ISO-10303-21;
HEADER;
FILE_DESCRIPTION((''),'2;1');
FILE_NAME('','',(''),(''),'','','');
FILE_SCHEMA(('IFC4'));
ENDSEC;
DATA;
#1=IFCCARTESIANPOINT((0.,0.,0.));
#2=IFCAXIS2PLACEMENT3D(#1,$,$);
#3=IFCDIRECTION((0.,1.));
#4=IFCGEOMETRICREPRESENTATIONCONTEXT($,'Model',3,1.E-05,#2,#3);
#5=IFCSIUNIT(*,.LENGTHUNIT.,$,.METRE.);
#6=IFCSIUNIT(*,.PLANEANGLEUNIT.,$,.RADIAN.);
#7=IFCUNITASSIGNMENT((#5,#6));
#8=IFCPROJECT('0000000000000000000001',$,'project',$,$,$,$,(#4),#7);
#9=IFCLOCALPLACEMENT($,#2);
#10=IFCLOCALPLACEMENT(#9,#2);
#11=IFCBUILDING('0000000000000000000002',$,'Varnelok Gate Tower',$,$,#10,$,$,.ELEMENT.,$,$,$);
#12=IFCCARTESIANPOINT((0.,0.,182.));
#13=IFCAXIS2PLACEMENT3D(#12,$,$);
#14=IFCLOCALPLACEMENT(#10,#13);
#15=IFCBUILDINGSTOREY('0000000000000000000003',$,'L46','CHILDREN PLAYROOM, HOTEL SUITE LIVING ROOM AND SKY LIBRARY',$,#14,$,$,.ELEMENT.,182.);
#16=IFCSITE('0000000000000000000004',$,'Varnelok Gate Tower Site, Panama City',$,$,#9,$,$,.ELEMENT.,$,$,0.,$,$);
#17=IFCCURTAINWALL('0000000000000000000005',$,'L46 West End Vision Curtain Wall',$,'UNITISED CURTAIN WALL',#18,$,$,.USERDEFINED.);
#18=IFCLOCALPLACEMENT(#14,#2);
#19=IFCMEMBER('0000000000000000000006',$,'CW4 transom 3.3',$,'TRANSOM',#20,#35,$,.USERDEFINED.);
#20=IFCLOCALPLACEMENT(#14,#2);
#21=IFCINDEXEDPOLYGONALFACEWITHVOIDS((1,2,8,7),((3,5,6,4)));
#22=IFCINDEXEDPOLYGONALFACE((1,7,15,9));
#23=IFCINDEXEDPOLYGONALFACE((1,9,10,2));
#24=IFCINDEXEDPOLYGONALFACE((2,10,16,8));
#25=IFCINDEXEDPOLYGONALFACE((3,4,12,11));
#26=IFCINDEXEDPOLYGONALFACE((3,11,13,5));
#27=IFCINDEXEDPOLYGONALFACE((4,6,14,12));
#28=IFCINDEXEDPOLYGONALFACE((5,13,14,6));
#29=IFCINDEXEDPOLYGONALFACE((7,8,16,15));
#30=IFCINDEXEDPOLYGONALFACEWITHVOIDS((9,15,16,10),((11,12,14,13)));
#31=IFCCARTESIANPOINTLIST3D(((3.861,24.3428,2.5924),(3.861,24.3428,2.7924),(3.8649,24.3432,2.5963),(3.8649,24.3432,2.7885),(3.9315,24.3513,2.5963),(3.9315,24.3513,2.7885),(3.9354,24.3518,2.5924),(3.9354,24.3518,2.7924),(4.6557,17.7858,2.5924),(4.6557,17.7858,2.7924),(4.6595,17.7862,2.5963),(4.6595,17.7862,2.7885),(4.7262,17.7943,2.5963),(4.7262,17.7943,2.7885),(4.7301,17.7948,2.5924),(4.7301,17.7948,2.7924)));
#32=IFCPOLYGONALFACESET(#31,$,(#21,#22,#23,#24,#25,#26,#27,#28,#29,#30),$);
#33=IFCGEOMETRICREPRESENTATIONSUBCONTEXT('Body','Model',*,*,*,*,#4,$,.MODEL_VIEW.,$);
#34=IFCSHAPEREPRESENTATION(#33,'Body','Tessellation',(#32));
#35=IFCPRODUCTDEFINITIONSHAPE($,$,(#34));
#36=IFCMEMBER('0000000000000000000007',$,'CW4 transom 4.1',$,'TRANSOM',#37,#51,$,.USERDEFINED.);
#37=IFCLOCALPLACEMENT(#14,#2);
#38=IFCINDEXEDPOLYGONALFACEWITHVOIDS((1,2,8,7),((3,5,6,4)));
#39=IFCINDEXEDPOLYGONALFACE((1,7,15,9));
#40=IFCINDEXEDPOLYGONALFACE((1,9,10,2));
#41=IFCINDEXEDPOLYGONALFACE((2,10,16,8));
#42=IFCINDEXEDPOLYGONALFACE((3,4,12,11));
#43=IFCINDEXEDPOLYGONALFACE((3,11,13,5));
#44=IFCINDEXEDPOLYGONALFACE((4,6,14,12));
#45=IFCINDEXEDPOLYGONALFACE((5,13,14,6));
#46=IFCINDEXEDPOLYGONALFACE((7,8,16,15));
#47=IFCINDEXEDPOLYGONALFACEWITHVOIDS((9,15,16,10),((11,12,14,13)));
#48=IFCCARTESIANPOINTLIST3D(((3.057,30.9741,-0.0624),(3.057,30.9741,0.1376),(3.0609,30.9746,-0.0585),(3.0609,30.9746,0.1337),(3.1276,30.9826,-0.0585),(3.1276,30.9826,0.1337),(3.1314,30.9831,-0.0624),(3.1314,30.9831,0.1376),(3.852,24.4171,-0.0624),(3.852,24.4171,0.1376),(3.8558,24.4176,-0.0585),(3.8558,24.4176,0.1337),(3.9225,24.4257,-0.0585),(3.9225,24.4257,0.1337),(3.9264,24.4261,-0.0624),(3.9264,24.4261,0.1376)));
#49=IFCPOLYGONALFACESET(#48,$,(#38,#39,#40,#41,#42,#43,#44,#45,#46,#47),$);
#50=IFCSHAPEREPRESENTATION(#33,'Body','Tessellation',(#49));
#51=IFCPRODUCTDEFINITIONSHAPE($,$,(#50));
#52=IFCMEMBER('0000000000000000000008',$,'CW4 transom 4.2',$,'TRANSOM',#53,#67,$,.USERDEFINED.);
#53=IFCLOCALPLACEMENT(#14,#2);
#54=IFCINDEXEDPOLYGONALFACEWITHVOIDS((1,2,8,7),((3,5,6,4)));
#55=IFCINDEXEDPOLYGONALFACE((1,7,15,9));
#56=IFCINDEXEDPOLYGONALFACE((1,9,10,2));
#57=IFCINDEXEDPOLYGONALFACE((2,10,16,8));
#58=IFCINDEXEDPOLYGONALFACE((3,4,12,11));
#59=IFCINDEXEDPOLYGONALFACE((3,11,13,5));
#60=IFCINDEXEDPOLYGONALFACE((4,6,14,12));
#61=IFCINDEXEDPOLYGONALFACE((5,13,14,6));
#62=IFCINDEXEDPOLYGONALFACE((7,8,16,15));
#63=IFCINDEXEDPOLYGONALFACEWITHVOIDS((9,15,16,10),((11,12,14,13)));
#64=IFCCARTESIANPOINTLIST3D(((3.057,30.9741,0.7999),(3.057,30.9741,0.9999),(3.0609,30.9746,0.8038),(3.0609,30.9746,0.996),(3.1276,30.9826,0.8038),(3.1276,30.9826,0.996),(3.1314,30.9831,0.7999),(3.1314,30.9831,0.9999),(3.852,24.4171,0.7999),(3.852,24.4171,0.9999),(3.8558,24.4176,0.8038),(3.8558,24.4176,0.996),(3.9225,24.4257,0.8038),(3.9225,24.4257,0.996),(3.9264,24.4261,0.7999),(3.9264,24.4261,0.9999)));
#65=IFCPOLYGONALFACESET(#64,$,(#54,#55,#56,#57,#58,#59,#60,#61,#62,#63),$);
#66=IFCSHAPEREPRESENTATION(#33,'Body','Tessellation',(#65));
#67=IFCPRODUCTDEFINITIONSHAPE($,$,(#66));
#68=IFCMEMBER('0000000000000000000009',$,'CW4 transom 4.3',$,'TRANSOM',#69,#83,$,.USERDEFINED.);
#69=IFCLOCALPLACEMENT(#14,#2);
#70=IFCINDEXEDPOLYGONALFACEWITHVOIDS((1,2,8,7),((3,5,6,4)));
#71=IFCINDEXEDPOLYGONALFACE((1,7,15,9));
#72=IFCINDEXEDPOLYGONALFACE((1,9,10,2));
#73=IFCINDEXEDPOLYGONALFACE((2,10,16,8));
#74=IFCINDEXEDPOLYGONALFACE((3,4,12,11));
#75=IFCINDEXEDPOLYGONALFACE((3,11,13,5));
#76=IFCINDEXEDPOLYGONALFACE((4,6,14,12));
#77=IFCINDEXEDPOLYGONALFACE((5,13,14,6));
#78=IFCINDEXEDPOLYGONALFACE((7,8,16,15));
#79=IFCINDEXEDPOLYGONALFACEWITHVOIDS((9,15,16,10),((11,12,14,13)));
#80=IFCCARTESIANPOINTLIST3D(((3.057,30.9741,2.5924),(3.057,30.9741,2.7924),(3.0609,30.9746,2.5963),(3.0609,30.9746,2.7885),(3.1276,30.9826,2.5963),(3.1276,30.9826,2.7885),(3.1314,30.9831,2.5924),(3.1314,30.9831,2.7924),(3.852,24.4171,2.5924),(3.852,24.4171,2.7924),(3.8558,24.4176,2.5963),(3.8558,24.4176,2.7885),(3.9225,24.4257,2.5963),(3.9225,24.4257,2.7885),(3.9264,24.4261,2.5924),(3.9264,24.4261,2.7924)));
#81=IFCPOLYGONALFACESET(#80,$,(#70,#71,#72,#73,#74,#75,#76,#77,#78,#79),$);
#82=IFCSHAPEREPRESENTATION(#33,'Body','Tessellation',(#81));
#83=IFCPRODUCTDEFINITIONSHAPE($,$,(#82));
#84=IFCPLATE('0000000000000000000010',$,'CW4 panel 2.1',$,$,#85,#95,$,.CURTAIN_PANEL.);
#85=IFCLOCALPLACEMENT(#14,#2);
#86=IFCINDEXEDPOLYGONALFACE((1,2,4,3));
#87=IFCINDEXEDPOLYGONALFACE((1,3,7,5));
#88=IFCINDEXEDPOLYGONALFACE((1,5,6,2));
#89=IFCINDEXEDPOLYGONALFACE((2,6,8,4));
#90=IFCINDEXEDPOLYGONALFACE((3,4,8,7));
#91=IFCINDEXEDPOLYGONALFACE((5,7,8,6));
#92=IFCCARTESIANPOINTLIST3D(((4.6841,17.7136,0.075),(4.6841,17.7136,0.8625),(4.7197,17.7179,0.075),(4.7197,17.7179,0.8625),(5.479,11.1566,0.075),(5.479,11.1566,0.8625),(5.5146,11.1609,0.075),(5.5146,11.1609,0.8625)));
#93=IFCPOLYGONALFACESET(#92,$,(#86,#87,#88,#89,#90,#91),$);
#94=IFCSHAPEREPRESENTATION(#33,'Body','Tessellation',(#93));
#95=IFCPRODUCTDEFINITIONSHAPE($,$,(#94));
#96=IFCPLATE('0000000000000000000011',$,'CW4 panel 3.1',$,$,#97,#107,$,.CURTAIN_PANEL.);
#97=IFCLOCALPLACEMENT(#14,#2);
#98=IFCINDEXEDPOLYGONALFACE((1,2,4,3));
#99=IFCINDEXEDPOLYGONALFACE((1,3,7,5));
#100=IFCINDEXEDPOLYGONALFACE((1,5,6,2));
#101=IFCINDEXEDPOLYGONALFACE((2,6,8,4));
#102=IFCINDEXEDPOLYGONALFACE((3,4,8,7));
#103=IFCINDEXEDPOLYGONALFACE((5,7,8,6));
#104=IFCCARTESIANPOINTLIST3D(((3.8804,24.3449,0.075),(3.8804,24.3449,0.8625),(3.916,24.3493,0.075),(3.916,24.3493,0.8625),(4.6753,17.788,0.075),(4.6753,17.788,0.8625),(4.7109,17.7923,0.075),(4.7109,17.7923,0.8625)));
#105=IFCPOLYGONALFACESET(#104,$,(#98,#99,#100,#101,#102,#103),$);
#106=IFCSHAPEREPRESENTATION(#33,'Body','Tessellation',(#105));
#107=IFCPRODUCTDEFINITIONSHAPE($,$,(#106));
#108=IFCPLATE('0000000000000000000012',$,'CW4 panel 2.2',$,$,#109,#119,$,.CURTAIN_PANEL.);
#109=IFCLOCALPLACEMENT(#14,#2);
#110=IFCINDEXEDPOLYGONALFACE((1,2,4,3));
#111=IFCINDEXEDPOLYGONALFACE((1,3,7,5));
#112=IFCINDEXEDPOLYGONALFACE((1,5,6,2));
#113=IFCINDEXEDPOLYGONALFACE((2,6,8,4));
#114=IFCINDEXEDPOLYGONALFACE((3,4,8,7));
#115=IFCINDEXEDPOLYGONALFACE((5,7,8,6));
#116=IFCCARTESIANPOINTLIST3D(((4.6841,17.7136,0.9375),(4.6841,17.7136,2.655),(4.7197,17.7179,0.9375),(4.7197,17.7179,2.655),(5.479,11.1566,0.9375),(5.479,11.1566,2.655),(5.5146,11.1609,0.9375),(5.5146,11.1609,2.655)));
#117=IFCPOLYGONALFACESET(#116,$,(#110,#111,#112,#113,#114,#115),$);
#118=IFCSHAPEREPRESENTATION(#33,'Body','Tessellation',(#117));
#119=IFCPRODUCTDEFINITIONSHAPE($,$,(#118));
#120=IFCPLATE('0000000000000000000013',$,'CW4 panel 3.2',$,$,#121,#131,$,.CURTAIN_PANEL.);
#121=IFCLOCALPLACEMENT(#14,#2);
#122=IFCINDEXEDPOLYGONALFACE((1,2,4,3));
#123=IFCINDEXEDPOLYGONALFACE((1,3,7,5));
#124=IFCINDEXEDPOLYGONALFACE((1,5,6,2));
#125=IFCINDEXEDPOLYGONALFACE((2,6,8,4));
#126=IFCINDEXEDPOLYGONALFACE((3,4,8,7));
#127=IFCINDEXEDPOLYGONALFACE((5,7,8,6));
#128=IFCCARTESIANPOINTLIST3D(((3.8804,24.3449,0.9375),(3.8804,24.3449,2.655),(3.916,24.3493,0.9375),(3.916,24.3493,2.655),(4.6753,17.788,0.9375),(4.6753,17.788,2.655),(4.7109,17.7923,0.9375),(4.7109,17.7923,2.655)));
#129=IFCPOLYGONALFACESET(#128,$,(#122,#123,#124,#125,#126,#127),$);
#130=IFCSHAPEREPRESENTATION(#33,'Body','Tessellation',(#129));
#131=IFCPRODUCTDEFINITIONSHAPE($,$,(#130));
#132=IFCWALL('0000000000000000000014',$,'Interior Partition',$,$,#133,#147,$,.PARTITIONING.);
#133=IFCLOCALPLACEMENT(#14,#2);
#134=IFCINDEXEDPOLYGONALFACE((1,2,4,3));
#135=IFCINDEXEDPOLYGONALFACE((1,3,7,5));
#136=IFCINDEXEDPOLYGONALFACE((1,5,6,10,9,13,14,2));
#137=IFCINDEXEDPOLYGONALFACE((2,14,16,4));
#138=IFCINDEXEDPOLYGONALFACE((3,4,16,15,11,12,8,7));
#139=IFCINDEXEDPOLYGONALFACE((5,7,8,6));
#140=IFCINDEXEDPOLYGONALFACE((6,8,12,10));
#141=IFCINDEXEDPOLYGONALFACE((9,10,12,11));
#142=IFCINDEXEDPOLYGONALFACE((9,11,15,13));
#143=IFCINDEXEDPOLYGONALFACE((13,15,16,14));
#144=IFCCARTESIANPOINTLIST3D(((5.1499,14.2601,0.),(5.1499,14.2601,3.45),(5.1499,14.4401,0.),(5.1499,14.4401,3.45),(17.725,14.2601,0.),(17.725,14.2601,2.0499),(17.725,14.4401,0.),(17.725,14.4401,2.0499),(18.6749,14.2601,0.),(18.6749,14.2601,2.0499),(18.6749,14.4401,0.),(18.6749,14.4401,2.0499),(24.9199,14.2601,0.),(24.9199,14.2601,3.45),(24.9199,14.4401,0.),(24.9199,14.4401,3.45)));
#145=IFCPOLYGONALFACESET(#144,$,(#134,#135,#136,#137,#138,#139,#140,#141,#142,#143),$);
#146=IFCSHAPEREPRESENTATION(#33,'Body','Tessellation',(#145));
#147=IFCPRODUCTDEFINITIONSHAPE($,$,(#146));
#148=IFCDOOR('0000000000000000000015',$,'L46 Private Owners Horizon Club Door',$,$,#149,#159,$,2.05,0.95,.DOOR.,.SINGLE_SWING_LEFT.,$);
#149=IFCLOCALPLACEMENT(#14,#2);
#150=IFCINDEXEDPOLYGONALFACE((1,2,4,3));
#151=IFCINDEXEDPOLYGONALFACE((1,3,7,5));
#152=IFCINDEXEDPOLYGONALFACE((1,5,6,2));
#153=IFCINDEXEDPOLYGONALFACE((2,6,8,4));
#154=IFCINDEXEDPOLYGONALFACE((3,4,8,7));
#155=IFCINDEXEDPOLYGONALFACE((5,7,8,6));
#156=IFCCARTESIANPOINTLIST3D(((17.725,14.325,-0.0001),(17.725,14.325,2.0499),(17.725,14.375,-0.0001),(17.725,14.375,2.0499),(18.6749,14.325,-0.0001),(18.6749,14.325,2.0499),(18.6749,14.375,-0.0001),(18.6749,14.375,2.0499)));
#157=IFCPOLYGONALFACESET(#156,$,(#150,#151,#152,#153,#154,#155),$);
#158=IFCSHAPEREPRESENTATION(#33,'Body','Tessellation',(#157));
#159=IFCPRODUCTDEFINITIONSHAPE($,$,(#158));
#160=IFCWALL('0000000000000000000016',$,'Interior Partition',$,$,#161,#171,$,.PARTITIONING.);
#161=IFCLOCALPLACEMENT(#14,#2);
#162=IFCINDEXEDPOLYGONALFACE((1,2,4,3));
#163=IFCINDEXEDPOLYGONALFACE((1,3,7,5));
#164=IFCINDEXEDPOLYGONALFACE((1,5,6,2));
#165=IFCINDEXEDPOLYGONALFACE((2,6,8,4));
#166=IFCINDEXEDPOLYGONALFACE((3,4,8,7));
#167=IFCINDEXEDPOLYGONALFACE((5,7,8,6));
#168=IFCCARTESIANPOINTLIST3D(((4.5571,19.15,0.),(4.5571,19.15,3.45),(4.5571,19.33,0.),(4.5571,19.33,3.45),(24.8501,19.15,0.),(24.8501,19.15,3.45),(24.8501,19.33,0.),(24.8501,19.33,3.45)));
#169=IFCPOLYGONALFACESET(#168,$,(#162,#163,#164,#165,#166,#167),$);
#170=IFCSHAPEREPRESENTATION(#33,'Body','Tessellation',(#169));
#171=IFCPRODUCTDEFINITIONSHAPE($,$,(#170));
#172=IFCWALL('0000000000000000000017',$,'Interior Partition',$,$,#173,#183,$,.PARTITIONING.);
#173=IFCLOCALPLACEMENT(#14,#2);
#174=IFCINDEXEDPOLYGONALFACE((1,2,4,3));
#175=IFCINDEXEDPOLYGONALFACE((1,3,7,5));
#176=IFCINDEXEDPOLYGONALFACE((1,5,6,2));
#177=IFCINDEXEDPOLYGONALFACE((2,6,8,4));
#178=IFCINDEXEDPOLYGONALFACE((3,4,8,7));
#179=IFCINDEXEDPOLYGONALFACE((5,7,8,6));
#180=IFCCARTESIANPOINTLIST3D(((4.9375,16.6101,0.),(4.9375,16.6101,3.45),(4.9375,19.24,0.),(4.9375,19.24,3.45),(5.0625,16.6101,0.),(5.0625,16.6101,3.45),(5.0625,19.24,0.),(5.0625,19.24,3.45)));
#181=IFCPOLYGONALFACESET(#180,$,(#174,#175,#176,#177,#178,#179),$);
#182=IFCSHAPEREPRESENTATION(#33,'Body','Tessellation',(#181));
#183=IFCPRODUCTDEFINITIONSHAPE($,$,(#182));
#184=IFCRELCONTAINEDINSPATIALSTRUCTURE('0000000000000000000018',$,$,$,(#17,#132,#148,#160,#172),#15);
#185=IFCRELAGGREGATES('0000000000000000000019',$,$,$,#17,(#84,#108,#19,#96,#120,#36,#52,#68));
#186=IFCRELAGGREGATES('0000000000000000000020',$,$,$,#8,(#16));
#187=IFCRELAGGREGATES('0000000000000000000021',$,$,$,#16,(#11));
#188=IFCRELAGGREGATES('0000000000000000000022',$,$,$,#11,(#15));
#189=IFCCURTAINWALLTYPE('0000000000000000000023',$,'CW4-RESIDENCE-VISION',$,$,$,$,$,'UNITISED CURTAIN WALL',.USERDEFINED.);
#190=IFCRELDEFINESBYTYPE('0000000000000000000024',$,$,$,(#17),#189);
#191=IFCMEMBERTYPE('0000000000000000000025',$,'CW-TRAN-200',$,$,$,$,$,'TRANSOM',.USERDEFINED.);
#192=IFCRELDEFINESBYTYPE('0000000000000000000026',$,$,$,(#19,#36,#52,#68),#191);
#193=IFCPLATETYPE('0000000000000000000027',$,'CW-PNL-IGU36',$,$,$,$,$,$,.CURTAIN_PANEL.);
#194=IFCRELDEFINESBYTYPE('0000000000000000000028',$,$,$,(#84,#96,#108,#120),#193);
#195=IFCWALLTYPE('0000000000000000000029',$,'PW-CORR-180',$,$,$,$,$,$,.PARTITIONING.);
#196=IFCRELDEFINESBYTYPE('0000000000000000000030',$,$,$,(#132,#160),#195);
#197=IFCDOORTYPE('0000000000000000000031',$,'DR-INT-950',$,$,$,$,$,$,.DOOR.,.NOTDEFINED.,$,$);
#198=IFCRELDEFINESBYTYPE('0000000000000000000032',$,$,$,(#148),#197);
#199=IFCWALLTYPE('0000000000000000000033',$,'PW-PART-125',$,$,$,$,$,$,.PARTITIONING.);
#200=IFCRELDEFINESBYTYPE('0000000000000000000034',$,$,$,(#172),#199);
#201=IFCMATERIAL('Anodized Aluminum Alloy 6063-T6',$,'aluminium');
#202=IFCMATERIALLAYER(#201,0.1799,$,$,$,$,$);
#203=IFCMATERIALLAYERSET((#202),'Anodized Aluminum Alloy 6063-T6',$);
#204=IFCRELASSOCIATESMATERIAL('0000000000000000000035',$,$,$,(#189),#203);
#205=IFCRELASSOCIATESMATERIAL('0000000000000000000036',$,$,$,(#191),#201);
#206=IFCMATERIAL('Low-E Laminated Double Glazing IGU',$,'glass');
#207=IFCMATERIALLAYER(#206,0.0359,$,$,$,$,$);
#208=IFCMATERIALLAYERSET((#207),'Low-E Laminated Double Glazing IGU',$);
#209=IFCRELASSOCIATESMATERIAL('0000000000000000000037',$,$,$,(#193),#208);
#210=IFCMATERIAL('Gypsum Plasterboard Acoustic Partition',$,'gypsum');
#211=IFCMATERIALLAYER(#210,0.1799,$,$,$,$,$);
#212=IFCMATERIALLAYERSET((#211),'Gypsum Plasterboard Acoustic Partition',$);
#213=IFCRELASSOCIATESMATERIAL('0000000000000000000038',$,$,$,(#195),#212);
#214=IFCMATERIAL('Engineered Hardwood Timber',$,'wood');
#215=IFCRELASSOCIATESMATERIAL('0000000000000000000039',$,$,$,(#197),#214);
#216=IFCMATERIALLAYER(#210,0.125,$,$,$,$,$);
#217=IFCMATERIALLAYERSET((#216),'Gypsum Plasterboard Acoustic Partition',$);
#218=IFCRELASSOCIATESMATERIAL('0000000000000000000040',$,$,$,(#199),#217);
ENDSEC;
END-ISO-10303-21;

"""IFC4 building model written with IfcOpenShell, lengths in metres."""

from ifc_helpers import new_model, si_unit, direction, frame, frame_2d, origin, origin_2d, place, context, subcontext, project, spatial, rectangle, hollow_rectangle, extrude, source, transform, mapped, material, layer, layer_set, material_profile, profile_set, type_object, element, fill, aggregate, save


model = new_model("IFC4")

# Units and contexts
model_context = context("Model", 3, precision=1e-05, world=origin(), true_north=direction((0.0, 1.0)))
body_context = subcontext(model_context, "Body", "Model", "MODEL_VIEW")
ifc_project = project(units=[si_unit("LENGTHUNIT", "METRE"), si_unit("PLANEANGLEUNIT", "RADIAN")], contexts=[model_context])

# Site, building, storey
site_placement = place(None, origin())
site = spatial("IfcSite", under=ifc_project, at=site_placement, Name="Varnelok Gate Tower Site, Panama City", CompositionType="ELEMENT", RefElevation=0.0)
building_placement = place(site_placement, origin())
building = spatial("IfcBuilding", under=site, at=building_placement, Name="Varnelok Gate Tower", CompositionType="ELEMENT")
storey_placement = place(building_placement, frame((0.0, 0.0, 182.0)))
storey = spatial("IfcBuildingStorey", under=building, at=storey_placement, Name="L46", Description="CHILDREN PLAYROOM, HOTEL SUITE LIVING ROOM AND SKY LIBRARY", CompositionType="ELEMENT", Elevation=182.0)

# Curtain wall, members, plates
ifc_material_1 = material(Name="Anodized Aluminum Alloy 6063-T6", Category="aluminium")
ifc_layer_1 = layer(ifc_material_1, 0.1799)
ifc_layer_set_1 = layer_set([ifc_layer_1], Name="Anodized Aluminum Alloy 6063-T6")
curtain_wall_type = type_object("IfcCurtainWallType", Name="CW4-RESIDENCE-VISION", ElementType="UNITISED CURTAIN WALL", PredefinedType="USERDEFINED", material=ifc_layer_set_1)
curtain_wall_placement = place(storey_placement, origin())
curtain_wall = element("IfcCurtainWall", 1, at=curtain_wall_placement, inside=storey, type_object=curtain_wall_type, Name="L46 West End Vision Curtain Wall", ObjectType="UNITISED CURTAIN WALL", PredefinedType="USERDEFINED")
ifc_material_profile_1 = material_profile(ifc_material_1, hollow_rectangle(XDim=0.075, YDim=0.2, WallThickness=0.0039, at=origin_2d()), Name="ALU200X75X4")
ifc_profile_set_1 = profile_set([ifc_material_profile_1], Name="Anodized Aluminum Alloy 6063-T6")
member_type_1 = type_object("IfcMemberType", Name="CW-TRAN-200", ElementType="TRANSOM", PredefinedType="USERDEFINED", material=ifc_profile_set_1)
member_1_placement = place(storey_placement, frame((4.6929, 17.7903, 2.6924), z_axis=(-0.120317, 0.992736, 0.0), x_axis=(-0.992736, -0.120317, 0.0)))
member_1 = element("IfcMember", 2, at=member_1_placement, type_object=member_type_1, Name="CW4 transom 3.3", ObjectType="TRANSOM", PredefinedType="USERDEFINED", context=body_context, shape_type="SweptSolid", body=[
    extrude(hollow_rectangle(XDim=0.075, YDim=0.2, WallThickness=0.0039, at=origin_2d()), origin(), (0.0, 0.0, 1.0), 6.605),
])
member_2_placement = place(storey_placement, frame((3.8892, 24.4216, 0.0376), z_axis=(-0.120353, 0.992731, 0.0), x_axis=(-0.992731, -0.120353, 0.0)))
member_2 = element("IfcMember", 3, at=member_2_placement, type_object=member_type_1, Name="CW4 transom 4.1", ObjectType="TRANSOM", PredefinedType="USERDEFINED", context=body_context, shape_type="SweptSolid", body=[
    extrude(hollow_rectangle(XDim=0.075, YDim=0.2, WallThickness=0.0039, at=origin_2d()), origin(), (0.0, 0.0, 1.0), 6.605),
])
member_3_placement = place(storey_placement, frame((3.8892, 24.4216, 0.8999), z_axis=(-0.120353, 0.992731, 0.0), x_axis=(-0.992731, -0.120353, 0.0)))
member_3 = element("IfcMember", 4, at=member_3_placement, type_object=member_type_1, Name="CW4 transom 4.2", ObjectType="TRANSOM", PredefinedType="USERDEFINED", context=body_context, shape_type="SweptSolid", body=[
    extrude(hollow_rectangle(XDim=0.075, YDim=0.2, WallThickness=0.0039, at=origin_2d()), origin(), (0.0, 0.0, 1.0), 6.605),
])
member_4_placement = place(storey_placement, frame((3.8892, 24.4216, 2.6924), z_axis=(-0.120353, 0.992731, 0.0), x_axis=(-0.992731, -0.120353, 0.0)))
member_4 = element("IfcMember", 5, at=member_4_placement, type_object=member_type_1, Name="CW4 transom 4.3", ObjectType="TRANSOM", PredefinedType="USERDEFINED", context=body_context, shape_type="SweptSolid", body=[
    extrude(hollow_rectangle(XDim=0.075, YDim=0.2, WallThickness=0.0039, at=origin_2d()), origin(), (0.0, 0.0, 1.0), 6.605),
])
ifc_material_2 = material(Name="Low-E Laminated Double Glazing IGU", Category="glass")
ifc_layer_2 = layer(ifc_material_2, 0.0359)
ifc_layer_set_2 = layer_set([ifc_layer_2], Name="Low-E Laminated Double Glazing IGU")
plate_type = type_object("IfcPlateType", Name="CW-PNL-IGU36", PredefinedType="CURTAIN_PANEL", material=ifc_layer_set_2)
shared_shape_1 = source(origin(), body_context, "Body", "SweptSolid", [
    extrude(rectangle(XDim=6.605, YDim=0.0359, at=origin_2d()), origin(), (0.0, 0.0, 1.0), 0.7876),
])
plate_1_placement = place(storey_placement, frame((5.0994, 14.4373, 0.075), z_axis=(0.0, 0.0, 1.0), x_axis=(-0.120345, 0.992732, 0.0)))
plate_1 = element("IfcPlate", 6, at=plate_1_placement, type_object=plate_type, Name="CW4 panel 2.1", PredefinedType="CURTAIN_PANEL", context=body_context, shape_type="MappedRepresentation", body=[
    mapped(shared_shape_1, transform((0.0, 0.0, 0.0), scale=1.0)),
])
plate_2_placement = place(storey_placement, frame((4.2957, 21.0686, 0.075), z_axis=(0.0, 0.0, 1.0), x_axis=(-0.120345, 0.992732, 0.0)))
plate_2 = element("IfcPlate", 7, at=plate_2_placement, type_object=plate_type, Name="CW4 panel 3.1", PredefinedType="CURTAIN_PANEL", context=body_context, shape_type="MappedRepresentation", body=[
    mapped(shared_shape_1, transform((0.0, 0.0, 0.0), scale=1.0)),
])
shared_shape_2 = source(origin(), body_context, "Body", "SweptSolid", [
    extrude(rectangle(XDim=6.605, YDim=0.0359, at=origin_2d()), origin(), (0.0, 0.0, 1.0), 1.7175),
])
plate_3_placement = place(storey_placement, frame((5.0994, 14.4373, 0.9375), z_axis=(0.0, 0.0, 1.0), x_axis=(-0.120345, 0.992732, 0.0)))
plate_3 = element("IfcPlate", 8, at=plate_3_placement, type_object=plate_type, Name="CW4 panel 2.2", PredefinedType="CURTAIN_PANEL", context=body_context, shape_type="MappedRepresentation", body=[
    mapped(shared_shape_2, transform((0.0, 0.0, 0.0), scale=1.0)),
])
plate_4_placement = place(storey_placement, frame((4.2957, 21.0686, 0.9375), z_axis=(0.0, 0.0, 1.0), x_axis=(-0.120345, 0.992732, 0.0)))
plate_4 = element("IfcPlate", 9, at=plate_4_placement, type_object=plate_type, Name="CW4 panel 3.2", PredefinedType="CURTAIN_PANEL", context=body_context, shape_type="MappedRepresentation", body=[
    mapped(shared_shape_2, transform((0.0, 0.0, 0.0), scale=1.0)),
])
aggregate(curtain_wall, [plate_1, plate_3, member_1, plate_2, plate_4, member_2, member_3, member_4])

# Wall, opening, door
ifc_material_3 = material(Name="Gypsum Plasterboard Acoustic Partition", Category="gypsum")
ifc_layer_3 = layer(ifc_material_3, 0.1799)
ifc_layer_set_3 = layer_set([ifc_layer_3], Name="Gypsum Plasterboard Acoustic Partition")
wall_type_1 = type_object("IfcWallType", Name="PW-CORR-180", PredefinedType="PARTITIONING", material=ifc_layer_set_3)
wall_1_placement = place(storey_placement, frame((5.1499, 14.3501, 0.0), z_axis=(0.0, 0.0, 1.0), x_axis=(1.0, 0.0, 0.0)))
wall_1 = element("IfcWall", 10, at=wall_1_placement, inside=storey, type_object=wall_type_1, Name="Interior Partition", PredefinedType="PARTITIONING", context=body_context, shape_type="SweptSolid", body=[
    extrude(rectangle(XDim=19.77, YDim=0.1799, at=frame_2d((9.885, 0.0))), origin(), (0.0, 0.0, 1.0), 3.45),
])
opening_1_placement = place(wall_1_placement, frame((12.575, 0.0, 0.0)))
opening_1 = element("IfcOpeningElement", 11, at=opening_1_placement, cuts=wall_1, PredefinedType="OPENING", context=body_context, shape_type="SweptSolid", body=[
    extrude(rectangle(XDim=0.95, YDim=2.05, at=frame_2d((0.4751, 1.0249))), frame((0.0, 0.0999, 0.0), z_axis=(0.0, -1.0, 0.0), x_axis=(1.0, 0.0, 0.0)), (0.0, 0.0, 1.0), 0.2),
])
ifc_material_4 = material(Name="Engineered Hardwood Timber", Category="wood")
door_type_1 = type_object("IfcDoorType", Name="DR-INT-950", OperationType="NOTDEFINED", PredefinedType="DOOR", material=ifc_material_4)
door_1_placement = place(opening_1_placement, origin())
door_1 = element("IfcDoor", 12, at=door_1_placement, inside=storey, type_object=door_type_1, Name="L46 Private Owners Horizon Club Door", OperationType="SINGLE_SWING_LEFT", OverallHeight=2.05, OverallWidth=0.95, PredefinedType="DOOR", context=body_context, shape_type="SweptSolid", body=[
    extrude(rectangle(XDim=0.95, YDim=2.05, at=frame_2d((0.4751, 1.0249))), frame((0.0, 0.0249, 0.0), z_axis=(0.0, -1.0, 0.0), x_axis=(1.0, 0.0, 0.0)), (0.0, 0.0, 1.0), 0.05),
])
fill(opening_1, door_1)

# Walls
wall_2_placement = place(storey_placement, frame((4.5571, 19.24, 0.0), z_axis=(0.0, 0.0, 1.0), x_axis=(1.0, 0.0, 0.0)))
element("IfcWall", 13, at=wall_2_placement, inside=storey, type_object=wall_type_1, Name="Interior Partition", PredefinedType="PARTITIONING", context=body_context, shape_type="SweptSolid", body=[
    extrude(rectangle(XDim=20.293, YDim=0.1799, at=frame_2d((10.1465, 0.0))), origin(), (0.0, 0.0, 1.0), 3.45),
])
ifc_layer_4 = layer(ifc_material_3, 0.125)
ifc_layer_set_4 = layer_set([ifc_layer_4], Name="Gypsum Plasterboard Acoustic Partition")
wall_type_2 = type_object("IfcWallType", Name="PW-PART-125", PredefinedType="PARTITIONING", material=ifc_layer_set_4)
wall_3_placement = place(storey_placement, frame((5.0, 16.6101, 0.0), z_axis=(0.0, 0.0, 1.0), x_axis=(0.0, 1.0, 0.0)))
element("IfcWall", 14, at=wall_3_placement, inside=storey, type_object=wall_type_2, Name="Interior Partition", PredefinedType="PARTITIONING", context=body_context, shape_type="SweptSolid", body=[
    extrude(rectangle(XDim=2.6299, YDim=0.125, at=frame_2d((1.3149, 0.0))), origin(), (0.0, 0.0, 1.0), 3.45),
])

save(model, "model.ifc")
